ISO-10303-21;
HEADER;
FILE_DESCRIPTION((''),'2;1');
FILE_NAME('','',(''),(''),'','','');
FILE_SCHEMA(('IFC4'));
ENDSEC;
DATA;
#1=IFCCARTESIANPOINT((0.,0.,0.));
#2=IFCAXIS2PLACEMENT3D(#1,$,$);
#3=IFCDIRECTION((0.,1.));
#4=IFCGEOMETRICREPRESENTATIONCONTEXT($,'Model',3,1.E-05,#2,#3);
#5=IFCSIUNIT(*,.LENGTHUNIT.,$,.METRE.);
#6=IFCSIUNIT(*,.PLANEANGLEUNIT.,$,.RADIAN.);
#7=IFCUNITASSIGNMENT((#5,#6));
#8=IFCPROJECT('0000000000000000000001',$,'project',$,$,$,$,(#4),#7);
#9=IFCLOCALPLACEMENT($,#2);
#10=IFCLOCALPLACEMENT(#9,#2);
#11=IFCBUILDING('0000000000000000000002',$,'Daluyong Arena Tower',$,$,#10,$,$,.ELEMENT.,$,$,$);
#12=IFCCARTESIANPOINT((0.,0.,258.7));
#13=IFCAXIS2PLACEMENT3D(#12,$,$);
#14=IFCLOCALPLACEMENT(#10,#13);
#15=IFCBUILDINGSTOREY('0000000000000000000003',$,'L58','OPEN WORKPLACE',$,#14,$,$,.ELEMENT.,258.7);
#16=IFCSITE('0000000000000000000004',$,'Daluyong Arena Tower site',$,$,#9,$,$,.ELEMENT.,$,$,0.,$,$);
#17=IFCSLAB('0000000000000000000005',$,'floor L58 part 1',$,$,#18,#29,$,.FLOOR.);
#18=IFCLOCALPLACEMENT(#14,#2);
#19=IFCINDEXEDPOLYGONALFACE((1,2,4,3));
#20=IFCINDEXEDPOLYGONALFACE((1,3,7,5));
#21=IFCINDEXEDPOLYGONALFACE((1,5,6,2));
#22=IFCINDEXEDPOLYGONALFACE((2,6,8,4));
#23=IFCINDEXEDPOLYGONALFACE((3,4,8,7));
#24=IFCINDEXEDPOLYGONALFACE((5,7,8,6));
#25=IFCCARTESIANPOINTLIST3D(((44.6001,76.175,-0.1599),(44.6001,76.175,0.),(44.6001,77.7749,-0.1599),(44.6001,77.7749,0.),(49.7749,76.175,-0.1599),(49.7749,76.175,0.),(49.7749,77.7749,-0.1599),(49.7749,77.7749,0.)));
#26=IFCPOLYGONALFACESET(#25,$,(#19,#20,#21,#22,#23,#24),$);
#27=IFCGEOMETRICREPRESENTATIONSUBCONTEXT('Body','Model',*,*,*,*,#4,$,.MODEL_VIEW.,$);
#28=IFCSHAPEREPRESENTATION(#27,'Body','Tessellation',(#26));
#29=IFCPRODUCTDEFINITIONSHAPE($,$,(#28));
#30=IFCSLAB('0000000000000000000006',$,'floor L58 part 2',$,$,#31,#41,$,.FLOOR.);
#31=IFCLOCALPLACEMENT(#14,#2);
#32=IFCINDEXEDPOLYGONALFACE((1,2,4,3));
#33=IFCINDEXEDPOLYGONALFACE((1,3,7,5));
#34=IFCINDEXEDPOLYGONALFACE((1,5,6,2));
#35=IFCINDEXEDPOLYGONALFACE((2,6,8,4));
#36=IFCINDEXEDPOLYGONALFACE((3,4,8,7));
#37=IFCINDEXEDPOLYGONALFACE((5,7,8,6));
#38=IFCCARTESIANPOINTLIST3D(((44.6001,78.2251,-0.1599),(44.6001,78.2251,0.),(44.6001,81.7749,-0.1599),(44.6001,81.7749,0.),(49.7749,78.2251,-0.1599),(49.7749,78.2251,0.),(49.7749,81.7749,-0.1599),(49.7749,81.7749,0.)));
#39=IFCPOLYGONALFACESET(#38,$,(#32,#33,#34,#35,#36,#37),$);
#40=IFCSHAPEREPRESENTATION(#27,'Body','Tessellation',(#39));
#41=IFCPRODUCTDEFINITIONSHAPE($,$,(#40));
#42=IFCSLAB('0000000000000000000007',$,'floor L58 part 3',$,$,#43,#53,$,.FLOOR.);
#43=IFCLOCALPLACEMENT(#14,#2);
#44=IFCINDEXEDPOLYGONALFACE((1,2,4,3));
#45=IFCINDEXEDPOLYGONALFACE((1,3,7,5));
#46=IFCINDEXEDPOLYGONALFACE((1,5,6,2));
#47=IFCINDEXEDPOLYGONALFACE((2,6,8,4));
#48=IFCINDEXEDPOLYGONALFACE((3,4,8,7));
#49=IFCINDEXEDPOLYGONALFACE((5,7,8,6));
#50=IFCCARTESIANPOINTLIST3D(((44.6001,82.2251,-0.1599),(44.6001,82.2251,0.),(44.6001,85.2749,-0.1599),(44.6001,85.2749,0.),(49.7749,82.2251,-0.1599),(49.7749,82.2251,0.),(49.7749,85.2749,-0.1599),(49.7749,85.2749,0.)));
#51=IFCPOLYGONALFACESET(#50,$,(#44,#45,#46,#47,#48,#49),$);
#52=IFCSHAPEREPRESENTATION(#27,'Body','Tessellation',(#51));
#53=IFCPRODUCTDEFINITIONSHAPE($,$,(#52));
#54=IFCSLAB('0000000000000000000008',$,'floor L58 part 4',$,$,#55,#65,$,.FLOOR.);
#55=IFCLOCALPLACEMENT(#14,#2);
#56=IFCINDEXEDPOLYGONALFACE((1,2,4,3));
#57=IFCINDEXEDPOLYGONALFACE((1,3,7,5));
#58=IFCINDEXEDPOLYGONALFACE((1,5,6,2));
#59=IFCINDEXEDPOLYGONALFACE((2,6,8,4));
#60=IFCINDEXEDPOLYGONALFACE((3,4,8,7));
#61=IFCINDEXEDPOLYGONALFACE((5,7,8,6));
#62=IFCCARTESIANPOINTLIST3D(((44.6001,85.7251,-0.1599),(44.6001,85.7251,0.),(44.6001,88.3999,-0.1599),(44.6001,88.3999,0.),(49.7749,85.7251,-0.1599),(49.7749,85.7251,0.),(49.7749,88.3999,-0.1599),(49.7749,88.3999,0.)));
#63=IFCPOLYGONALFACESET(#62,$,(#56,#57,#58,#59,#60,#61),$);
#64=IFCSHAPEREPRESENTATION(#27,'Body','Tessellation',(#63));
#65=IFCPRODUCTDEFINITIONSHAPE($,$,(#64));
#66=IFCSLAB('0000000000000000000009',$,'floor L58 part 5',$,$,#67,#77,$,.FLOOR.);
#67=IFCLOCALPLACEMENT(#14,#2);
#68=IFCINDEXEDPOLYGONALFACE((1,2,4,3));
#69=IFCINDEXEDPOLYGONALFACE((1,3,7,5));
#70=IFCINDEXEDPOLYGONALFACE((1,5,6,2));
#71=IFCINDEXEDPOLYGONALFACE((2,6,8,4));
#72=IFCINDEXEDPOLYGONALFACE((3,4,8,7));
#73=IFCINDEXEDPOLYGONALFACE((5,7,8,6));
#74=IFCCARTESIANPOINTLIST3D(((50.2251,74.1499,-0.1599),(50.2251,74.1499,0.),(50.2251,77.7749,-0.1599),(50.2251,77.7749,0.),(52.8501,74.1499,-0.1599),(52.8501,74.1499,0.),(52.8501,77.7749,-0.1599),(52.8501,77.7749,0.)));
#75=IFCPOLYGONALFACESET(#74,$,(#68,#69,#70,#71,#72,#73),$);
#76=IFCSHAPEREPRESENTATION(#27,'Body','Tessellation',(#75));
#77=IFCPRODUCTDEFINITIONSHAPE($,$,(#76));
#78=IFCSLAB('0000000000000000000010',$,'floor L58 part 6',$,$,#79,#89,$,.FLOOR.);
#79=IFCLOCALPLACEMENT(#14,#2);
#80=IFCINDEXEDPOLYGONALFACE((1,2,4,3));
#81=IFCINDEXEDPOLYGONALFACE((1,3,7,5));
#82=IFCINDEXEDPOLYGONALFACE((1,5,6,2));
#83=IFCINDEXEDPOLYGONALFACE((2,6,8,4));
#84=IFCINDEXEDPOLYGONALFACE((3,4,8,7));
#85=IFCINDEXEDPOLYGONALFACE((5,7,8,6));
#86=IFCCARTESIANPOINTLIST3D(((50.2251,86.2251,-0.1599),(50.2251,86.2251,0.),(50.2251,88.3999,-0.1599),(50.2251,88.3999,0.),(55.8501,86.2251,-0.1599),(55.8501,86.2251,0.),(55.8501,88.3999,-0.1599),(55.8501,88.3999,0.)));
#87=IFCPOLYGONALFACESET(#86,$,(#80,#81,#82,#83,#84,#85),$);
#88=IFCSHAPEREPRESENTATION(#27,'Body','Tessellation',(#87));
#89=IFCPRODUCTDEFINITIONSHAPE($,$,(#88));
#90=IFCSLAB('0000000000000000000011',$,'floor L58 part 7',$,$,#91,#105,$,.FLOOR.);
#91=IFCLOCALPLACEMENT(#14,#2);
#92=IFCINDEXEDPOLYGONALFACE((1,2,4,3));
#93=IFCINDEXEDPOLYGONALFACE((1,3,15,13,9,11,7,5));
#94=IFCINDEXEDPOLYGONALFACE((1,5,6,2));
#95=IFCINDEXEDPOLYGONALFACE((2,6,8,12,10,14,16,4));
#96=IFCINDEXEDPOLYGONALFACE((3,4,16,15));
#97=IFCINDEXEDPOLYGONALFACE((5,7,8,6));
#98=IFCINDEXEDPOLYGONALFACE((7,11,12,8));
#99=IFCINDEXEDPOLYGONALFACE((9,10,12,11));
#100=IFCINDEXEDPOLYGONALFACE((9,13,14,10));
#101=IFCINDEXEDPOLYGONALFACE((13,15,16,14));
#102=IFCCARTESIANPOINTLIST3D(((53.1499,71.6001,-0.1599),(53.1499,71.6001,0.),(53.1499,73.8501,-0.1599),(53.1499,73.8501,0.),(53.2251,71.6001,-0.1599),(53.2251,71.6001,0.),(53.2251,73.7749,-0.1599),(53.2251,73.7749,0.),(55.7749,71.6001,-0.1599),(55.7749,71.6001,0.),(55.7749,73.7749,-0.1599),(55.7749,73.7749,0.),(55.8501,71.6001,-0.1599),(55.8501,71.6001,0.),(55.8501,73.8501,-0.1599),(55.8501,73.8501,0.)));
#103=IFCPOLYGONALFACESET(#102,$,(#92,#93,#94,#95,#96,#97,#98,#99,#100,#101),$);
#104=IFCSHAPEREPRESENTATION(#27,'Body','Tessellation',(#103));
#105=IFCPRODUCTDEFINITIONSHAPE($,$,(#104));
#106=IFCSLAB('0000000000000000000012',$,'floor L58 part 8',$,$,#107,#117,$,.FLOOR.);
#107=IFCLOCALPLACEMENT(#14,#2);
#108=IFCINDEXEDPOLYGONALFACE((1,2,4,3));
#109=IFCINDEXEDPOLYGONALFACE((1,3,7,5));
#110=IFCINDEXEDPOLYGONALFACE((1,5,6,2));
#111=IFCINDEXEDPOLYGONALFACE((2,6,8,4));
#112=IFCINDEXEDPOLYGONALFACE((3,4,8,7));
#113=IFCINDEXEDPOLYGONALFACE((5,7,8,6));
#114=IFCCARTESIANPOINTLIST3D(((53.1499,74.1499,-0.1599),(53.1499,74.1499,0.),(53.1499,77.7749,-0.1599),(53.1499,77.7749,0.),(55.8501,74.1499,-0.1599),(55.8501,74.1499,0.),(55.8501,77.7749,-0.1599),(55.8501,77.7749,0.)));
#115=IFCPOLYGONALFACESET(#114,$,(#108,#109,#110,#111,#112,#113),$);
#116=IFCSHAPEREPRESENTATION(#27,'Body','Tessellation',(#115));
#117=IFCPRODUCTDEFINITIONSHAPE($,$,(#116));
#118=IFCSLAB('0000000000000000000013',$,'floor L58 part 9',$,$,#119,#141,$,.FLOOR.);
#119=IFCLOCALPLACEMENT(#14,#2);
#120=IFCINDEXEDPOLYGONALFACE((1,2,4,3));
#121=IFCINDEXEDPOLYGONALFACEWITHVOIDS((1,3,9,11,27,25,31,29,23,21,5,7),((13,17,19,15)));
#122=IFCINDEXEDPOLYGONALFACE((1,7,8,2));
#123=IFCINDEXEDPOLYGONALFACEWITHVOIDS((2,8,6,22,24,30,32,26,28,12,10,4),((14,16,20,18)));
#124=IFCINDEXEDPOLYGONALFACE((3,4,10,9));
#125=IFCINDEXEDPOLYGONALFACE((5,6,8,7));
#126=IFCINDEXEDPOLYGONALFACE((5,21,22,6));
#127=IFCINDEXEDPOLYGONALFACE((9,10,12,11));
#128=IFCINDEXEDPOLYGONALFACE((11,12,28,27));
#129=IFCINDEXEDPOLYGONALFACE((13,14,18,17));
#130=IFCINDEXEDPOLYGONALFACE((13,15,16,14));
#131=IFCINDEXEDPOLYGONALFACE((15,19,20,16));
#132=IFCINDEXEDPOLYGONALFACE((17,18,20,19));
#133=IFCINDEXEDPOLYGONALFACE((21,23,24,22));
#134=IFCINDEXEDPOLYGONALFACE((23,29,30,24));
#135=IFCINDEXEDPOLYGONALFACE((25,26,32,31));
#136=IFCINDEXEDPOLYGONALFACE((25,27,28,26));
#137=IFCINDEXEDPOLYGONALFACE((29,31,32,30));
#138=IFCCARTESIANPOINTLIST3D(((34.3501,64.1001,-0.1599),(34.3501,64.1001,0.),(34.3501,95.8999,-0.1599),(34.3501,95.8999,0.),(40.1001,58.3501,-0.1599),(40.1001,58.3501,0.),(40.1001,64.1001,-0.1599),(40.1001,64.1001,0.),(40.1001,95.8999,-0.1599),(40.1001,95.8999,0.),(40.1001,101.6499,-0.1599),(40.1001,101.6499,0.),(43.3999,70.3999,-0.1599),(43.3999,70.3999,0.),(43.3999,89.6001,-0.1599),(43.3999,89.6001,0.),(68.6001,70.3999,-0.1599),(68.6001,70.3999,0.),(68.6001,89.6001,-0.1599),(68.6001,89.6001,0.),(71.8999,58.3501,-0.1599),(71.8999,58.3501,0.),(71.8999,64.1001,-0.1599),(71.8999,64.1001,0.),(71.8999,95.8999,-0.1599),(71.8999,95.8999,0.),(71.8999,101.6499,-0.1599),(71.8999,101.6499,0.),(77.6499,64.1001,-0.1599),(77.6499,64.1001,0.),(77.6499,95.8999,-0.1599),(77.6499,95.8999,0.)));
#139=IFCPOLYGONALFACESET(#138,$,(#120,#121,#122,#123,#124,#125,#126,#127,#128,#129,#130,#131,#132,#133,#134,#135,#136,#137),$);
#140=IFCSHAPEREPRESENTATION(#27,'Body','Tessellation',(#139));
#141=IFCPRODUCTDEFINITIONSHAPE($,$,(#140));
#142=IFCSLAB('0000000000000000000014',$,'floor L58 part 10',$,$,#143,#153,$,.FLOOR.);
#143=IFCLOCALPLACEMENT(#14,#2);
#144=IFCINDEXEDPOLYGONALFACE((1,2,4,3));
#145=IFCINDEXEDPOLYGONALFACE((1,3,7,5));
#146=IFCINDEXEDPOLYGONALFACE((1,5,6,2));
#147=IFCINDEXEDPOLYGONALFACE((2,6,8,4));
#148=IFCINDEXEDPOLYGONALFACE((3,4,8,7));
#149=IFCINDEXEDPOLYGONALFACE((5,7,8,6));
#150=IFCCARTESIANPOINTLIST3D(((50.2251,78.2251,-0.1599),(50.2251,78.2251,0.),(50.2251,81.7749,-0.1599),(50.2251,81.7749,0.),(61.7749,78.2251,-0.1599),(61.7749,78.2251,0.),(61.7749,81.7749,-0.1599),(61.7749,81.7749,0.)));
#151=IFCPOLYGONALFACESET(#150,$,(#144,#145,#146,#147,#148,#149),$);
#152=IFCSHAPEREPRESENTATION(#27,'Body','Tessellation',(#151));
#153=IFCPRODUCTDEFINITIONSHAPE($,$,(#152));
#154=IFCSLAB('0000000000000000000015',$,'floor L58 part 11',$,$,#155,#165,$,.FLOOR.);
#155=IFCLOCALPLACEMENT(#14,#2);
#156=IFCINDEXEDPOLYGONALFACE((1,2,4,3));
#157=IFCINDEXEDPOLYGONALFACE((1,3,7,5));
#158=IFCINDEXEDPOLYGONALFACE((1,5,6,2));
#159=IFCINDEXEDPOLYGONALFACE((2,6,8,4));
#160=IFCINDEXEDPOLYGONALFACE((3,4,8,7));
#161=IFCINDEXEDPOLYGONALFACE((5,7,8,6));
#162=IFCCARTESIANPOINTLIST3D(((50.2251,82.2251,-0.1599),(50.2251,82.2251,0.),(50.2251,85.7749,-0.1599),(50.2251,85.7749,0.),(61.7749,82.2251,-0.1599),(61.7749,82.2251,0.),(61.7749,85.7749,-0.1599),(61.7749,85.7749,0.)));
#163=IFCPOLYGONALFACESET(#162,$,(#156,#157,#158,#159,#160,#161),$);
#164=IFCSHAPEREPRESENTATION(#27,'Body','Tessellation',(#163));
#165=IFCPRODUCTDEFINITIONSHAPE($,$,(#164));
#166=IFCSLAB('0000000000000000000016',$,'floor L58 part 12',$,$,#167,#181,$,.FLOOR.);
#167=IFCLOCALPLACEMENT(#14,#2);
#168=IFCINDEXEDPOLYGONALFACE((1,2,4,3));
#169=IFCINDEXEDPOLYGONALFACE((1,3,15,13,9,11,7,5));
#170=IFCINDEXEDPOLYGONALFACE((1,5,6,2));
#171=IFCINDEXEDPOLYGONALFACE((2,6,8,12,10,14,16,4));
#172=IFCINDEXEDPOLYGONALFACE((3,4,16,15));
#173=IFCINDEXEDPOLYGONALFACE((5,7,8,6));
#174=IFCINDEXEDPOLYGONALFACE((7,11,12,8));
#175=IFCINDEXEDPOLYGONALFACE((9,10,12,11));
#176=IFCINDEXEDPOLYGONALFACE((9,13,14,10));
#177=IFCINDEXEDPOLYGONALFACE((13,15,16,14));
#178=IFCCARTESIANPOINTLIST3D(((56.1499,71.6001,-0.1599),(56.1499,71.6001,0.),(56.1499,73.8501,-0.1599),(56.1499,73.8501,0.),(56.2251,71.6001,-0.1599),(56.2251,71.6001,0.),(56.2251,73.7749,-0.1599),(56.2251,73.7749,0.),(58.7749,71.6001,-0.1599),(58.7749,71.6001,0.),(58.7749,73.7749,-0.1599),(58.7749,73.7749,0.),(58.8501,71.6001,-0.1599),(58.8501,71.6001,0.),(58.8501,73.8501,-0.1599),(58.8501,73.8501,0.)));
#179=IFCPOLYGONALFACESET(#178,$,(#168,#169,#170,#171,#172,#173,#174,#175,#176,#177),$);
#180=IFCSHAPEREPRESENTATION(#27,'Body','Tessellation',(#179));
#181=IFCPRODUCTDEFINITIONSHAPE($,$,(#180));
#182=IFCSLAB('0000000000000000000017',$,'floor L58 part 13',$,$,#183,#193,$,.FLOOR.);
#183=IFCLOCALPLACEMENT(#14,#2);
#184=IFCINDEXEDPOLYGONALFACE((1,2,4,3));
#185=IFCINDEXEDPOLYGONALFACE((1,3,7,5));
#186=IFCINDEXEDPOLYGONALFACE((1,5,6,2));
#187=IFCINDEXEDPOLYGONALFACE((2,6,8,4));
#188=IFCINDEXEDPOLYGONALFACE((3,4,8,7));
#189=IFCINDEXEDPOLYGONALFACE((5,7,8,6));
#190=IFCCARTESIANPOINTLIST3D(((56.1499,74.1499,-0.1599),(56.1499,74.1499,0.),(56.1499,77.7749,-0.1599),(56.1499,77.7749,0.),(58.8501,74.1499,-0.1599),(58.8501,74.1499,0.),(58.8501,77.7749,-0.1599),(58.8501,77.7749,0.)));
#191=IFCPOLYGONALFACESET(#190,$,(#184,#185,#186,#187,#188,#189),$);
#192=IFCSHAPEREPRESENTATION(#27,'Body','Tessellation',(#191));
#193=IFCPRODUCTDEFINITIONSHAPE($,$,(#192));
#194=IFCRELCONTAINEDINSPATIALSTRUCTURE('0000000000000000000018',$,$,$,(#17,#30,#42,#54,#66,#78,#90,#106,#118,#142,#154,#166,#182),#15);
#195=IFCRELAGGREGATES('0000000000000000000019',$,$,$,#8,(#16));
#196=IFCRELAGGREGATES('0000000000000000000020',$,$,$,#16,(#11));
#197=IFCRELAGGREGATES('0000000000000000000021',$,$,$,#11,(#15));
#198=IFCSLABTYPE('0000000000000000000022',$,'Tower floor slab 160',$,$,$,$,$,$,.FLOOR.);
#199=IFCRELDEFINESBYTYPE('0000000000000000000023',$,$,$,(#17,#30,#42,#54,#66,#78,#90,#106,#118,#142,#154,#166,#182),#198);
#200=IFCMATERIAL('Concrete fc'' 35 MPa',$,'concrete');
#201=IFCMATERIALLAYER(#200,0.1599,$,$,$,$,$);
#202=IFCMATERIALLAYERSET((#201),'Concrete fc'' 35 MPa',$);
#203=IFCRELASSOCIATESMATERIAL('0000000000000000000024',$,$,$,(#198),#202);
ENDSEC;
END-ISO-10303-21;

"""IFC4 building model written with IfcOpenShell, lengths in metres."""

from ifc_helpers import new_model, si_unit, direction, frame, origin, place, context, subcontext, project, spatial, polyline, outline, extrude, material, layer, layer_set, type_object, element, save


model = new_model("IFC4")

# Units and contexts
model_context = context("Model", 3, precision=1e-05, world=origin(), true_north=direction((0.0, 1.0)))
body_context = subcontext(model_context, "Body", "Model", "MODEL_VIEW")
ifc_project = project(units=[si_unit("LENGTHUNIT", "METRE"), si_unit("PLANEANGLEUNIT", "RADIAN")], contexts=[model_context])

# Site, building, storey
site_placement = place(None, origin())
site = spatial("IfcSite", under=ifc_project, at=site_placement, Name="Daluyong Arena Tower site", CompositionType="ELEMENT", RefElevation=0.0)
building_placement = place(site_placement, origin())
building = spatial("IfcBuilding", under=site, at=building_placement, Name="Daluyong Arena Tower", CompositionType="ELEMENT")
storey_placement = place(building_placement, frame((0.0, 0.0, 258.7)))
storey = spatial("IfcBuildingStorey", under=building, at=storey_placement, Name="L58", Description="OPEN WORKPLACE", CompositionType="ELEMENT", Elevation=258.7)

# Slabs
ifc_material_1 = material(Name="Concrete fc' 35 MPa", Category="concrete")
ifc_layer_1 = layer(ifc_material_1, 0.1599)
ifc_layer_set_1 = layer_set([ifc_layer_1], Name="Concrete fc' 35 MPa")
slab_type = type_object("IfcSlabType", Name="Tower floor slab 160", PredefinedType="FLOOR", material=ifc_layer_set_1)
slab_1_placement = place(storey_placement, frame((0.0, 0.0, -0.1599)))
element("IfcSlab", 1, at=slab_1_placement, inside=storey, type_object=slab_type, Name="floor L58 part 1", PredefinedType="FLOOR", context=body_context, shape_type="SweptSolid", body=[
    extrude(outline(polyline([(49.7749, 77.7749), (44.6001, 77.7749), (44.6001, 76.175), (49.7749, 76.175), (49.7749, 77.7749)])), origin(), (0.0, 0.0, 1.0), 0.1599),
])
slab_2_placement = place(storey_placement, frame((0.0, 0.0, -0.1599)))
element("IfcSlab", 2, at=slab_2_placement, inside=storey, type_object=slab_type, Name="floor L58 part 2", PredefinedType="FLOOR", context=body_context, shape_type="SweptSolid", body=[
    extrude(outline(polyline([(49.7749, 78.2251), (49.7749, 81.7749), (44.6001, 81.7749), (44.6001, 78.2251), (49.7749, 78.2251)])), origin(), (0.0, 0.0, 1.0), 0.1599),
])
slab_3_placement = place(storey_placement, frame((0.0, 0.0, -0.1599)))
element("IfcSlab", 3, at=slab_3_placement, inside=storey, type_object=slab_type, Name="floor L58 part 3", PredefinedType="FLOOR", context=body_context, shape_type="SweptSolid", body=[
    extrude(outline(polyline([(44.6001, 85.2749), (44.6001, 82.2251), (49.7749, 82.2251), (49.7749, 85.2749), (44.6001, 85.2749)])), origin(), (0.0, 0.0, 1.0), 0.1599),
])
slab_4_placement = place(storey_placement, frame((0.0, 0.0, -0.1599)))
element("IfcSlab", 4, at=slab_4_placement, inside=storey, type_object=slab_type, Name="floor L58 part 4", PredefinedType="FLOOR", context=body_context, shape_type="SweptSolid", body=[
    extrude(outline(polyline([(44.6001, 88.3999), (44.6001, 85.7251), (49.7749, 85.7251), (49.7749, 88.3999), (44.6001, 88.3999)])), origin(), (0.0, 0.0, 1.0), 0.1599),
])
slab_5_placement = place(storey_placement, frame((0.0, 0.0, -0.1599)))
element("IfcSlab", 5, at=slab_5_placement, inside=storey, type_object=slab_type, Name="floor L58 part 5", PredefinedType="FLOOR", context=body_context, shape_type="SweptSolid", body=[
    extrude(outline(polyline([(52.8501, 74.1499), (52.8501, 77.7749), (50.2251, 77.7749), (50.2251, 74.1499), (52.8501, 74.1499)])), origin(), (0.0, 0.0, 1.0), 0.1599),
])
slab_6_placement = place(storey_placement, frame((0.0, 0.0, -0.1599)))
element("IfcSlab", 6, at=slab_6_placement, inside=storey, type_object=slab_type, Name="floor L58 part 6", PredefinedType="FLOOR", context=body_context, shape_type="SweptSolid", body=[
    extrude(outline(polyline([(50.2251, 88.3999), (50.2251, 86.2251), (55.8501, 86.2251), (55.8501, 88.3999), (50.2251, 88.3999)])), origin(), (0.0, 0.0, 1.0), 0.1599),
])
slab_7_placement = place(storey_placement, frame((0.0, 0.0, -0.1599)))
element("IfcSlab", 7, at=slab_7_placement, inside=storey, type_object=slab_type, Name="floor L58 part 7", PredefinedType="FLOOR", context=body_context, shape_type="SweptSolid", body=[
    extrude(outline(polyline([(53.2251, 71.6001), (53.2251, 73.7749), (55.7749, 73.7749), (55.7749, 71.6001), (55.8501, 71.6001), (55.8501, 73.8501), (53.1499, 73.8501), (53.1499, 71.6001), (53.2251, 71.6001)])), origin(), (0.0, 0.0, 1.0), 0.1599),
])
slab_8_placement = place(storey_placement, frame((0.0, 0.0, -0.1599)))
element("IfcSlab", 8, at=slab_8_placement, inside=storey, type_object=slab_type, Name="floor L58 part 8", PredefinedType="FLOOR", context=body_context, shape_type="SweptSolid", body=[
    extrude(outline(polyline([(53.1499, 74.1499), (55.8501, 74.1499), (55.8501, 77.7749), (53.1499, 77.7749), (53.1499, 74.1499)])), origin(), (0.0, 0.0, 1.0), 0.1599),
])
slab_9_placement = place(storey_placement, frame((0.0, 0.0, -0.1599)))
element("IfcSlab", 9, at=slab_9_placement, inside=storey, type_object=slab_type, Name="floor L58 part 9", PredefinedType="FLOOR", context=body_context, shape_type="SweptSolid", body=[
    extrude(outline(polyline([(40.1001, 64.1001), (40.1001, 58.3501), (71.8999, 58.3501), (71.8999, 64.1001), (77.6499, 64.1001), (77.6499, 95.8999), (71.8999, 95.8999), (71.8999, 101.6499), (40.1001, 101.6499), (40.1001, 95.8999), (34.3501, 95.8999), (34.3501, 64.1001), (40.1001, 64.1001)]), holes=[polyline([(68.6001, 89.6001), (68.6001, 70.3999), (43.3999, 70.3999), (43.3999, 89.6001), (68.6001, 89.6001)])]), origin(), (0.0, 0.0, 1.0), 0.1599),
])
slab_10_placement = place(storey_placement, frame((0.0, 0.0, -0.1599)))
element("IfcSlab", 10, at=slab_10_placement, inside=storey, type_object=slab_type, Name="floor L58 part 10", PredefinedType="FLOOR", context=body_context, shape_type="SweptSolid", body=[
    extrude(outline(polyline([(50.2251, 81.7749), (50.2251, 78.2251), (61.7749, 78.2251), (61.7749, 81.7749), (50.2251, 81.7749)])), origin(), (0.0, 0.0, 1.0), 0.1599),
])
slab_11_placement = place(storey_placement, frame((0.0, 0.0, -0.1599)))
element("IfcSlab", 11, at=slab_11_placement, inside=storey, type_object=slab_type, Name="floor L58 part 11", PredefinedType="FLOOR", context=body_context, shape_type="SweptSolid", body=[
    extrude(outline(polyline([(50.2251, 85.7749), (50.2251, 82.2251), (61.7749, 82.2251), (61.7749, 85.7749), (50.2251, 85.7749)])), origin(), (0.0, 0.0, 1.0), 0.1599),
])
slab_12_placement = place(storey_placement, frame((0.0, 0.0, -0.1599)))
element("IfcSlab", 12, at=slab_12_placement, inside=storey, type_object=slab_type, Name="floor L58 part 12", PredefinedType="FLOOR", context=body_context, shape_type="SweptSolid", body=[
    extrude(outline(polyline([(56.2251, 71.6001), (56.2251, 73.7749), (58.7749, 73.7749), (58.7749, 71.6001), (58.8501, 71.6001), (58.8501, 73.8501), (56.1499, 73.8501), (56.1499, 71.6001), (56.2251, 71.6001)])), origin(), (0.0, 0.0, 1.0), 0.1599),
])
slab_13_placement = place(storey_placement, frame((0.0, 0.0, -0.1599)))
element("IfcSlab", 13, at=slab_13_placement, inside=storey, type_object=slab_type, Name="floor L58 part 13", PredefinedType="FLOOR", context=body_context, shape_type="SweptSolid", body=[
    extrude(outline(polyline([(58.8501, 77.7749), (56.1499, 77.7749), (56.1499, 74.1499), (58.8501, 74.1499), (58.8501, 77.7749)])), origin(), (0.0, 0.0, 1.0), 0.1599),
])

save(model, "model.ifc")
